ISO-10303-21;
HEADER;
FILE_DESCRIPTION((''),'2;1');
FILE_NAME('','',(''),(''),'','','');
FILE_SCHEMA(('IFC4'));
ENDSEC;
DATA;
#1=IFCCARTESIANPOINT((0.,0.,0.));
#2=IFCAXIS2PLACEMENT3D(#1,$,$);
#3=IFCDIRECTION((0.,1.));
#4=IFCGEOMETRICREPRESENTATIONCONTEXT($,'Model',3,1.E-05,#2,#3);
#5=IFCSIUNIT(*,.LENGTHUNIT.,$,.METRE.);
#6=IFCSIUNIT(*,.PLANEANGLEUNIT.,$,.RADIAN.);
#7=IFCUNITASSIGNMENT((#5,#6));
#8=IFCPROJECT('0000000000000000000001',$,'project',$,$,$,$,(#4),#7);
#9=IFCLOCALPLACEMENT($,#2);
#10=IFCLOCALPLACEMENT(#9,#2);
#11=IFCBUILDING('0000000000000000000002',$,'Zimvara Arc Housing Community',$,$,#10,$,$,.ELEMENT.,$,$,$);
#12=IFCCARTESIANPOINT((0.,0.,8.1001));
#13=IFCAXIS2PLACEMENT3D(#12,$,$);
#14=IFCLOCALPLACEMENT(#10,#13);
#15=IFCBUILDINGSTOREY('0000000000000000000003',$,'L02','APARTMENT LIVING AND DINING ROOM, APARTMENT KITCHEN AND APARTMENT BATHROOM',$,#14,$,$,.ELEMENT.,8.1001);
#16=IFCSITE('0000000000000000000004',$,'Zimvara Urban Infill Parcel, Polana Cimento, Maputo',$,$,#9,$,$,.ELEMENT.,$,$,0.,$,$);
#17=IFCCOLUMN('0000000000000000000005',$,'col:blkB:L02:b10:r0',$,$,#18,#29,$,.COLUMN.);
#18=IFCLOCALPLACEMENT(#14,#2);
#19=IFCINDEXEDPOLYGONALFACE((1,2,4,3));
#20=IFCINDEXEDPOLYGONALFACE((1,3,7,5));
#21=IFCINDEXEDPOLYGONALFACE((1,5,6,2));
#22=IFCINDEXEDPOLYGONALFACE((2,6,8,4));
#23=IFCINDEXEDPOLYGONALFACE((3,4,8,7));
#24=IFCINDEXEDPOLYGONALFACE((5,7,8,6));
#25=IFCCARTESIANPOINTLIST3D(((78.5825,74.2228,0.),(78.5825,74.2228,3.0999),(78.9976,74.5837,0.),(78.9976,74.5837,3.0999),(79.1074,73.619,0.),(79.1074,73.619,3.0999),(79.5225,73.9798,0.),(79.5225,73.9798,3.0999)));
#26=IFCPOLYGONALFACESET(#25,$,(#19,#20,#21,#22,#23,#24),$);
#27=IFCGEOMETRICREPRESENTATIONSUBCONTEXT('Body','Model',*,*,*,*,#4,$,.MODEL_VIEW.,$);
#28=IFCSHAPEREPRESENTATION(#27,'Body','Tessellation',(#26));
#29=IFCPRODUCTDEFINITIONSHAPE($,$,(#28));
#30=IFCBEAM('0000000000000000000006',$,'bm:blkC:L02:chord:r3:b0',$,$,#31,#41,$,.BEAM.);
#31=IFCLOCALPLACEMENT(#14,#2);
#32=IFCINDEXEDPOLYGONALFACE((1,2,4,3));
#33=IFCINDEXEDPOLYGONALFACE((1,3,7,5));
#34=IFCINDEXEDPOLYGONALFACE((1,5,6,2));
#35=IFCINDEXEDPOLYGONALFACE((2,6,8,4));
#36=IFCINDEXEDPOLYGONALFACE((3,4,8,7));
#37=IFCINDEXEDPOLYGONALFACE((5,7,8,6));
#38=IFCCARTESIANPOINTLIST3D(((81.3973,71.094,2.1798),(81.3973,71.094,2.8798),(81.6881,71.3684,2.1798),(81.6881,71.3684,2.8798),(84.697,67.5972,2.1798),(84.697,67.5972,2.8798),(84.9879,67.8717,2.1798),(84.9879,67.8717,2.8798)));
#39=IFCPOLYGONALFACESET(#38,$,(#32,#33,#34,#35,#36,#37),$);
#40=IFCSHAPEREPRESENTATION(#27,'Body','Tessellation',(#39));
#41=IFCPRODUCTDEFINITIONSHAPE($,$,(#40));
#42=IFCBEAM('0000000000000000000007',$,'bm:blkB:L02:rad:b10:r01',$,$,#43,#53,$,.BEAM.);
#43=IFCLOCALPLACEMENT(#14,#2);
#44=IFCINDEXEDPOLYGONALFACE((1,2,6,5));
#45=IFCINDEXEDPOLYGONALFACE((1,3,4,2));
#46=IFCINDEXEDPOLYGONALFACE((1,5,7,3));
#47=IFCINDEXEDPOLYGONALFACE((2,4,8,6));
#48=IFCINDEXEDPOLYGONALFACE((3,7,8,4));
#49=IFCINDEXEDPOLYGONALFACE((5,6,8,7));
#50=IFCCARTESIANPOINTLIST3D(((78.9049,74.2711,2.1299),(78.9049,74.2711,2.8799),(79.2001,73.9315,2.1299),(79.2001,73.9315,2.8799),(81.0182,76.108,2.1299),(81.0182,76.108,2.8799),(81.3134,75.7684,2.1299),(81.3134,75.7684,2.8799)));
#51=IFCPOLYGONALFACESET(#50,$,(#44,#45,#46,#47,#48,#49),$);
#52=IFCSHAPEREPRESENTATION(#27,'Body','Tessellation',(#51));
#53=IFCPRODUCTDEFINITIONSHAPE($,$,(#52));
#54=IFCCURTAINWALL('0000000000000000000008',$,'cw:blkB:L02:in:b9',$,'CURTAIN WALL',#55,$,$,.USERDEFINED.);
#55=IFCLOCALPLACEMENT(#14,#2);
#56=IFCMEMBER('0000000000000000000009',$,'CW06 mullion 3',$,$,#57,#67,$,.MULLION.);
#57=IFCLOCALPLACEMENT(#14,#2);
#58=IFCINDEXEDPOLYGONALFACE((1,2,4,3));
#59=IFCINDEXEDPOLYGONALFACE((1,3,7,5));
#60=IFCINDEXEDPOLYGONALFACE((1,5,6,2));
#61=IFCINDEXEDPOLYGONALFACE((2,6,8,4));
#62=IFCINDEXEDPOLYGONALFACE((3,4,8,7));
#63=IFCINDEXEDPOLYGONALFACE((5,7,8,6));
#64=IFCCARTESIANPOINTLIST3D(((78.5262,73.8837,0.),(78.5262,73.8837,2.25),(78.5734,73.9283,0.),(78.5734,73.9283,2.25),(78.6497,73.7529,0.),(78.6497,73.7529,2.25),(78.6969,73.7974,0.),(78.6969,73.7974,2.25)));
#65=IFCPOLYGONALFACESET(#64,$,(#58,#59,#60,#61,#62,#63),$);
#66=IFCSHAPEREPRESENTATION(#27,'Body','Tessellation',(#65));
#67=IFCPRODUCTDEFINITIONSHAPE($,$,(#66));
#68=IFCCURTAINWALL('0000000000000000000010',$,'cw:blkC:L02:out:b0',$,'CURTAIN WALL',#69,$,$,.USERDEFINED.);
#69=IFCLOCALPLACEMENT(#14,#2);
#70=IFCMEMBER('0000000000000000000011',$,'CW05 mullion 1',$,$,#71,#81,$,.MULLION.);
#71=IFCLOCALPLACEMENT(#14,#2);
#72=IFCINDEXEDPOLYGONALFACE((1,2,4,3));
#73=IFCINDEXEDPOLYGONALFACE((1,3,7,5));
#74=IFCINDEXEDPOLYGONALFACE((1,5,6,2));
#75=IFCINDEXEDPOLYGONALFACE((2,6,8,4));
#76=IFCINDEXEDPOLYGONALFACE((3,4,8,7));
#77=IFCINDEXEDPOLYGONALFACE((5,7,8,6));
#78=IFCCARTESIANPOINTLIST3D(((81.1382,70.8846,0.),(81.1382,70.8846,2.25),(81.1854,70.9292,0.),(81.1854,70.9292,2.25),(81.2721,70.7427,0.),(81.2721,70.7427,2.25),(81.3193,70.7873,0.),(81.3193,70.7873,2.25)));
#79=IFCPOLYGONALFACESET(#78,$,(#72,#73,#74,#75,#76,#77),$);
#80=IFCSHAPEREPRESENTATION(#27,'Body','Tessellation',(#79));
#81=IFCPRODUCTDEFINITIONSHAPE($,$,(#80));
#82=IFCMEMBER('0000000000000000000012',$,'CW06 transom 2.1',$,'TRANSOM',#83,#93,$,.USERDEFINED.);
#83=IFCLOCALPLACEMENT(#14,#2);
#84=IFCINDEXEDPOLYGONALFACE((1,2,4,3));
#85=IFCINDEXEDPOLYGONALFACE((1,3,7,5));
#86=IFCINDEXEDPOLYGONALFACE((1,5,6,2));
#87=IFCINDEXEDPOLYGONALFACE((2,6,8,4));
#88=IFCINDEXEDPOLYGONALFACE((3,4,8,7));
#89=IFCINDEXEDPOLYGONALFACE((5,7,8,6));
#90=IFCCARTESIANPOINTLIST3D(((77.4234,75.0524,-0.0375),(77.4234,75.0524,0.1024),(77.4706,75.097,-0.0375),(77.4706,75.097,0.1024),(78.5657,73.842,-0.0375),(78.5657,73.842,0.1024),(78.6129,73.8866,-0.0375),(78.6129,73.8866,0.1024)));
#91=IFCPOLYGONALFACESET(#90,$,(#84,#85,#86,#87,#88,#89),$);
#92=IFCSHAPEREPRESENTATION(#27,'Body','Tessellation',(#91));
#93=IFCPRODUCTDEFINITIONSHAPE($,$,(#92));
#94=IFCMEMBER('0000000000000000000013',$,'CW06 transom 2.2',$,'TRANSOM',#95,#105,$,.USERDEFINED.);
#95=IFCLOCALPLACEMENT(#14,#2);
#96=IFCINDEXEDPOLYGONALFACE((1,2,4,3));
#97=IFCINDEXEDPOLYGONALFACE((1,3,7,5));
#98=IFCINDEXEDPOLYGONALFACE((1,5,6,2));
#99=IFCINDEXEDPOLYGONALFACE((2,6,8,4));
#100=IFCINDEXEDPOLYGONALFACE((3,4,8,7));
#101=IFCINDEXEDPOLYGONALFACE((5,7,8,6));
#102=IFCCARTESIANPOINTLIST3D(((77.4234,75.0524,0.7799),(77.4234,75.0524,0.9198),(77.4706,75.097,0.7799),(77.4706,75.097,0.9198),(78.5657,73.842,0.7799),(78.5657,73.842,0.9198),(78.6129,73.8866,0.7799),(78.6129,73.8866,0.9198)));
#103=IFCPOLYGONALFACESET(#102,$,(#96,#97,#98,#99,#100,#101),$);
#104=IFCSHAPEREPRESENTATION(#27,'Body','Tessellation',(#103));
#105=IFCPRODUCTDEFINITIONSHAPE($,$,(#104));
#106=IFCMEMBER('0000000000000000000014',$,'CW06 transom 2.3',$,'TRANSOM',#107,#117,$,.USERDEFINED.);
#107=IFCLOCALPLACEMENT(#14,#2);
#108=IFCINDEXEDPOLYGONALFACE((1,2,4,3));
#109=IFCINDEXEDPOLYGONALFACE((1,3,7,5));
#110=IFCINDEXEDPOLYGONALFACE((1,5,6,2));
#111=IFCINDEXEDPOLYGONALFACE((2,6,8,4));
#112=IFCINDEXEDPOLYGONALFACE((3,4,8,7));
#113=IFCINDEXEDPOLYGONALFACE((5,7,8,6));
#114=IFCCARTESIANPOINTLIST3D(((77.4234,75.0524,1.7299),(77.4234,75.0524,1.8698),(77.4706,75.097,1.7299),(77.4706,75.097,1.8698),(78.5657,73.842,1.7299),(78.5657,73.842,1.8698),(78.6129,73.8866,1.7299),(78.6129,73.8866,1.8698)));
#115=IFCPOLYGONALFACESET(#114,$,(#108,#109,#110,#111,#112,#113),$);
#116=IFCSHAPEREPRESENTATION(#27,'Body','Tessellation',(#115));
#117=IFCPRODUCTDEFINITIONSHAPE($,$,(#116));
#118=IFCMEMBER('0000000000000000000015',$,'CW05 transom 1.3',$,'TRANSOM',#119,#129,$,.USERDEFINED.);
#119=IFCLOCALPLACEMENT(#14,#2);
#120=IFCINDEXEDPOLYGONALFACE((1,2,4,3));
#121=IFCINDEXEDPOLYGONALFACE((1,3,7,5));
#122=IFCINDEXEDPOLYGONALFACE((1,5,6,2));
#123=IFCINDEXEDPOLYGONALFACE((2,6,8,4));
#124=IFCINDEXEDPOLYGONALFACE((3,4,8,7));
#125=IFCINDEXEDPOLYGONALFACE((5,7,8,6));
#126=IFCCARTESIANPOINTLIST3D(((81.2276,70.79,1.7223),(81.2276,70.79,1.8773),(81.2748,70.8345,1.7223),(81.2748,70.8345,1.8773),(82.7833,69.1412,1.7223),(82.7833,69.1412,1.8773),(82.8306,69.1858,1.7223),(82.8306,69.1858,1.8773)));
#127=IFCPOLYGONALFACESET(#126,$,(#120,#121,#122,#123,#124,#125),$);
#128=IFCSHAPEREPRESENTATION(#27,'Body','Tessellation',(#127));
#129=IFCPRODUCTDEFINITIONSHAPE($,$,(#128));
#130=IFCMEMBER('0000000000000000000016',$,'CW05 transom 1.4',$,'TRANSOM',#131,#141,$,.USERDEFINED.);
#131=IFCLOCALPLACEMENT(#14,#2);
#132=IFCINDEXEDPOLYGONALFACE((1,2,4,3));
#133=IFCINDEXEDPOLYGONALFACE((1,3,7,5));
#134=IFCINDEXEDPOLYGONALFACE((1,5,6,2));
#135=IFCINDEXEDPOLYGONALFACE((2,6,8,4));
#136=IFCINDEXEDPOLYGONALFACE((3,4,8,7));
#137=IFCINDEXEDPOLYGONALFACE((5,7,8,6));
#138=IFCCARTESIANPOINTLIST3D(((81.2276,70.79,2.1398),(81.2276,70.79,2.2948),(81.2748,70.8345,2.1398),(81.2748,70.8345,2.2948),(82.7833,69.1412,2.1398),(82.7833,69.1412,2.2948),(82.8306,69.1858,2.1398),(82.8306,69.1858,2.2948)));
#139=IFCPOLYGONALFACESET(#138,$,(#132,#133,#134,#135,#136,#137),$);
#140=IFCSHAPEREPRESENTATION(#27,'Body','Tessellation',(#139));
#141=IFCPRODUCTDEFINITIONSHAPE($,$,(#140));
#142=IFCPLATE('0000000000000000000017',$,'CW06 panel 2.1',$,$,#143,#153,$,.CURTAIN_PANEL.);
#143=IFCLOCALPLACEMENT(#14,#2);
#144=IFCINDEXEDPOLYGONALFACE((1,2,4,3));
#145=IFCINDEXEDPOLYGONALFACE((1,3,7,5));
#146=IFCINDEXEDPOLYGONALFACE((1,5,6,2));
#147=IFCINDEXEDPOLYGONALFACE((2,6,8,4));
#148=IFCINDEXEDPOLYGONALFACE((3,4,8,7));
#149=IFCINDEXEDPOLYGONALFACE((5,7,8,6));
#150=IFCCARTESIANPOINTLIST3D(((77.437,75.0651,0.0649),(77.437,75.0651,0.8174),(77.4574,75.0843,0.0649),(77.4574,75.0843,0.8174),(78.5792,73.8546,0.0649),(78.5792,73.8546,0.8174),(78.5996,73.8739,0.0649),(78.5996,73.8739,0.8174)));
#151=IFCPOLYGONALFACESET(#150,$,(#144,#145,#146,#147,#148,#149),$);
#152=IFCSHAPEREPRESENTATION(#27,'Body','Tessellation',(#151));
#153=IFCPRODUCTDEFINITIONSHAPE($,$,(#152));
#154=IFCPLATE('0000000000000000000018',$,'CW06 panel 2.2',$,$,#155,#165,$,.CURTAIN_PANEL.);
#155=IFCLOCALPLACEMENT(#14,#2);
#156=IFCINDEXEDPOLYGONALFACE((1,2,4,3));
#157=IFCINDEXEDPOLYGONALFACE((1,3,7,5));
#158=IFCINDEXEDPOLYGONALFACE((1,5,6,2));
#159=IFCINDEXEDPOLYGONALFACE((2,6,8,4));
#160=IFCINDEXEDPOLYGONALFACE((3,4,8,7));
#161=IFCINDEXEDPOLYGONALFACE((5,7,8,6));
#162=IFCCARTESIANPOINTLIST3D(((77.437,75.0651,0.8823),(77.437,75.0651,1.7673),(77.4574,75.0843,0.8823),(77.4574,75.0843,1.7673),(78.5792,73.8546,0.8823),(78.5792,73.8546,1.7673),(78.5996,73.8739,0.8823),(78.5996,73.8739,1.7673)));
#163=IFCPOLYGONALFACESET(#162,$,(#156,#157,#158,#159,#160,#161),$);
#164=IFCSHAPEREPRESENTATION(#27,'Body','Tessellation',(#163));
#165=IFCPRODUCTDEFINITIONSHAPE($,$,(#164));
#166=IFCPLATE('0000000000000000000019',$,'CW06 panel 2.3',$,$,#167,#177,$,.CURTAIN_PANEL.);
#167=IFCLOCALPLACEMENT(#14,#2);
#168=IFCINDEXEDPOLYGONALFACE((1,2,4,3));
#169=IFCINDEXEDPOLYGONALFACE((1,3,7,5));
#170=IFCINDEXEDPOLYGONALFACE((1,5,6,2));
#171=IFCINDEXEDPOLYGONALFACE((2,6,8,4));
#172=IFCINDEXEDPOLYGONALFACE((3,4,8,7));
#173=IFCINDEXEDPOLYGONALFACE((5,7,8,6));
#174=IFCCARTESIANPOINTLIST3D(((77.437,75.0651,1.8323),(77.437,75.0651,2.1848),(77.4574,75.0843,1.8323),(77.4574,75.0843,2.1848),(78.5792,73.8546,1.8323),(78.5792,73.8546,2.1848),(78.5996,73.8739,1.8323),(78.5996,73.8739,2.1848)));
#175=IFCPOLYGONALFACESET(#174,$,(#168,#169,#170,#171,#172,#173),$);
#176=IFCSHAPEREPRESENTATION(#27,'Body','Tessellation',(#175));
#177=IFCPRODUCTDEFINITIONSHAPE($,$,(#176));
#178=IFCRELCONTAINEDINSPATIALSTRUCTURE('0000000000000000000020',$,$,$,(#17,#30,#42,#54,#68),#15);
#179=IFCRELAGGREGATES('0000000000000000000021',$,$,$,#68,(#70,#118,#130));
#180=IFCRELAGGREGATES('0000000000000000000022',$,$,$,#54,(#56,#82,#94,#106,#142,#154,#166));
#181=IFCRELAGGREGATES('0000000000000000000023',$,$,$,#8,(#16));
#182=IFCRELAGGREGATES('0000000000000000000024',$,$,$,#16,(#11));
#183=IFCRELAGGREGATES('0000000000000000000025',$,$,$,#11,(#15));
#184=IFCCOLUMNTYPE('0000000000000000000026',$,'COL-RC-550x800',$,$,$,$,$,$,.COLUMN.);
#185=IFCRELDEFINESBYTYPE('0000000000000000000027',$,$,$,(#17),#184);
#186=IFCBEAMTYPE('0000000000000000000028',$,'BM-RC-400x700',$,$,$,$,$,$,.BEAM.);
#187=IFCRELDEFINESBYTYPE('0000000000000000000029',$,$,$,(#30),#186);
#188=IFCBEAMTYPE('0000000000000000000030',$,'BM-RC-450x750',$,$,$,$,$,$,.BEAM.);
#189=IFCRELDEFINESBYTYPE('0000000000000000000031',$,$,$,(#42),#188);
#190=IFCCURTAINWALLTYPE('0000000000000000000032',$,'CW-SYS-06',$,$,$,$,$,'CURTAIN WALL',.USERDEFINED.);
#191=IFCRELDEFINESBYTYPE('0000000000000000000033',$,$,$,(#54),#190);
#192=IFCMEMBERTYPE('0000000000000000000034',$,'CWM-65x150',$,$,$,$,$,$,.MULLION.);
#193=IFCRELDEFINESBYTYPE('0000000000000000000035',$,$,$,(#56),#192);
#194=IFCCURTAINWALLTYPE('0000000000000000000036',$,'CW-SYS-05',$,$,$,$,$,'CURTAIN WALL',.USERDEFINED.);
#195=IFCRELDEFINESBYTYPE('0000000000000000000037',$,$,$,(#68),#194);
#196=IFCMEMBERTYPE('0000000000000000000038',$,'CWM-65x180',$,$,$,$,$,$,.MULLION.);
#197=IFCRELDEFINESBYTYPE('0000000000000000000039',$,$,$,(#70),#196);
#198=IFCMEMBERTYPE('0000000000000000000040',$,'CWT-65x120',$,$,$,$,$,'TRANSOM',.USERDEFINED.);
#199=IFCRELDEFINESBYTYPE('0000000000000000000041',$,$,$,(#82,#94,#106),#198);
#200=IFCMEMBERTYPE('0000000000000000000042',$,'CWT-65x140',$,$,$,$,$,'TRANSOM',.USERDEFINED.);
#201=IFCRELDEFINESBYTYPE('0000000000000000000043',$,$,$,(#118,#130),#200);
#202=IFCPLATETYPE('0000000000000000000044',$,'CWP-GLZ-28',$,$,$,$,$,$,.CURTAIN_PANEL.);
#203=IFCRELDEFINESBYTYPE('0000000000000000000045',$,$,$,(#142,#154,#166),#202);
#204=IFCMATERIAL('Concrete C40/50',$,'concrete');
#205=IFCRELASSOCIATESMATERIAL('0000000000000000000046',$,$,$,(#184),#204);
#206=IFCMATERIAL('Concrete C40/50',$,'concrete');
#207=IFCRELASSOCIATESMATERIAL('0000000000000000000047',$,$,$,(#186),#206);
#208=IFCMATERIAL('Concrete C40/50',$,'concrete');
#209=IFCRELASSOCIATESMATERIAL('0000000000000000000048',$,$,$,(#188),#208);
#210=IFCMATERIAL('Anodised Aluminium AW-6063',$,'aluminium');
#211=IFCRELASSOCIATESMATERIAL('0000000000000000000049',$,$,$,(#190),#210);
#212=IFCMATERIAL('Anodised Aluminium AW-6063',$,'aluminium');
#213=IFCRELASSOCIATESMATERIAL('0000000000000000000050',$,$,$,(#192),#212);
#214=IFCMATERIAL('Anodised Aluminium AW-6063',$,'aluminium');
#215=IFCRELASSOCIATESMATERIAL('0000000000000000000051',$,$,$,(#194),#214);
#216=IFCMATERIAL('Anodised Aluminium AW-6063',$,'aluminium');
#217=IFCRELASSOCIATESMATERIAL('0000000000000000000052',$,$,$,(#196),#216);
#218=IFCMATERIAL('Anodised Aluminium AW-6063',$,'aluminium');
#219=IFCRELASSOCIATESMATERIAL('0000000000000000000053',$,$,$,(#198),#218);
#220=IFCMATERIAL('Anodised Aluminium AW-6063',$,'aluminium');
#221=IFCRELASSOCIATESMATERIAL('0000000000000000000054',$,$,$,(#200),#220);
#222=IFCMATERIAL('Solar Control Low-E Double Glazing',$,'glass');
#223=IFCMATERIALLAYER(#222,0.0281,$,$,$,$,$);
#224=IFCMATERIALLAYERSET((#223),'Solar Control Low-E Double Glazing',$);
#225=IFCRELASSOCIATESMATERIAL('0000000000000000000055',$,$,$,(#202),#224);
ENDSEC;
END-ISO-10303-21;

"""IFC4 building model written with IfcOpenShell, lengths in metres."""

from ifc_helpers import new_model, si_unit, direction, frame, origin, origin_2d, place, context, subcontext, project, spatial, rectangle, extrude, material, layer, layer_set, material_profile, profile_set, type_object, element, aggregate, save


model = new_model("IFC4")

# Units and contexts
model_context = context("Model", 3, precision=1e-05, world=origin(), true_north=direction((0.0, 1.0)))
body_context = subcontext(model_context, "Body", "Model", "MODEL_VIEW")
ifc_project = project(units=[si_unit("LENGTHUNIT", "METRE"), si_unit("PLANEANGLEUNIT", "RADIAN")], contexts=[model_context])

# Site, building, storey
site_placement = place(None, origin())
site = spatial("IfcSite", under=ifc_project, at=site_placement, Name="Zimvara Urban Infill Parcel, Polana Cimento, Maputo", CompositionType="ELEMENT", RefElevation=0.0)
building_placement = place(site_placement, origin())
building = spatial("IfcBuilding", under=site, at=building_placement, Name="Zimvara Arc Housing Community", CompositionType="ELEMENT")
storey_placement = place(building_placement, frame((0.0, 0.0, 8.1001)))
storey = spatial("IfcBuildingStorey", under=building, at=storey_placement, Name="L02", Description="APARTMENT LIVING AND DINING ROOM, APARTMENT KITCHEN AND APARTMENT BATHROOM", CompositionType="ELEMENT", Elevation=8.1001)

# Column
ifc_material_1 = material(Name="Concrete C40/50", Category="concrete")
ifc_material_profile_1 = material_profile(ifc_material_1, rectangle(XDim=0.55, YDim=0.8, at=origin_2d()), Name="RC 550x800")
ifc_profile_set_1 = profile_set([ifc_material_profile_1], Name="Concrete C40/50")
column_type_1 = type_object("IfcColumnType", Name="COL-RC-550x800", PredefinedType="COLUMN", material=ifc_profile_set_1)
column_1_placement = place(storey_placement, frame((79.0525, 74.1013, 0.0), z_axis=(0.0, 0.0, 1.0), x_axis=(0.75471, 0.656059, 0.0)))
element("IfcColumn", 1, at=column_1_placement, inside=storey, type_object=column_type_1, Name="col:blkB:L02:b10:r0", PredefinedType="COLUMN", context=body_context, shape_type="SweptSolid", body=[
    extrude(rectangle(XDim=0.55, YDim=0.8, at=origin_2d()), origin(), (0.0, 0.0, 1.0), 3.0999),
])

# Beams
ifc_material_2 = material(Name="Concrete C40/50", Category="concrete")
ifc_material_profile_2 = material_profile(ifc_material_2, rectangle(XDim=0.3999, YDim=0.7, at=origin_2d()), Name="RC 400x700")
ifc_profile_set_2 = profile_set([ifc_material_profile_2], Name="Concrete C40/50")
beam_type_1 = type_object("IfcBeamType", Name="BM-RC-400x700", PredefinedType="BEAM", material=ifc_profile_set_2)
beam_1_placement = place(storey_placement, frame((81.5427, 71.2312, 2.5298), z_axis=(0.686321, -0.727299, 0.0), x_axis=(0.727299, 0.686321, 0.0)))
element("IfcBeam", 2, at=beam_1_placement, inside=storey, type_object=beam_type_1, Name="bm:blkC:L02:chord:r3:b0", PredefinedType="BEAM", context=body_context, shape_type="SweptSolid", body=[
    extrude(rectangle(XDim=0.3999, YDim=0.7, at=origin_2d()), origin(), (0.0, 0.0, 1.0), 4.8079),
])
ifc_material_3 = material(Name="Concrete C40/50", Category="concrete")
ifc_material_profile_3 = material_profile(ifc_material_3, rectangle(XDim=0.45, YDim=0.75, at=origin_2d()), Name="RC 450x750")
ifc_profile_set_3 = profile_set([ifc_material_profile_3], Name="Concrete C40/50")
beam_type_2 = type_object("IfcBeamType", Name="BM-RC-450x750", PredefinedType="BEAM", material=ifc_profile_set_3)
beam_2_placement = place(storey_placement, frame((79.0525, 74.1013, 2.5049), z_axis=(0.754733, 0.656032, 0.0), x_axis=(-0.656032, 0.754733, 0.0)))
element("IfcBeam", 3, at=beam_2_placement, inside=storey, type_object=beam_type_2, Name="bm:blkB:L02:rad:b10:r01", PredefinedType="BEAM", context=body_context, shape_type="SweptSolid", body=[
    extrude(rectangle(XDim=0.45, YDim=0.75, at=origin_2d()), origin(), (0.0, 0.0, 1.0), 2.8),
])

# Curtain walls, members
ifc_material_4 = material(Name="Anodised Aluminium AW-6063", Category="aluminium")
curtain_wall_type_1 = type_object("IfcCurtainWallType", Name="CW-SYS-06", ElementType="CURTAIN WALL", PredefinedType="USERDEFINED", material=ifc_material_4)
curtain_wall_1_placement = place(storey_placement, origin())
curtain_wall_1 = element("IfcCurtainWall", 4, at=curtain_wall_1_placement, inside=storey, type_object=curtain_wall_type_1, Name="cw:blkB:L02:in:b9", ObjectType="CURTAIN WALL", PredefinedType="USERDEFINED")
ifc_material_5 = material(Name="Anodised Aluminium AW-6063", Category="aluminium")
ifc_material_profile_4 = material_profile(ifc_material_5, rectangle(XDim=0.0649, YDim=0.1799, at=origin_2d()), Name="ALU 65x180")
ifc_profile_set_4 = profile_set([ifc_material_profile_4], Name="Anodised Aluminium AW-6063")
member_type_1 = type_object("IfcMemberType", Name="CWM-65x150", PredefinedType="MULLION", material=ifc_profile_set_4)
member_1_placement = place(storey_placement, frame((78.6116, 73.8406, 0.0), z_axis=(0.0, 0.0, 1.0), x_axis=(0.727293, 0.686327, 0.0)))
member_1 = element("IfcMember", 5, at=member_1_placement, type_object=member_type_1, Name="CW06 mullion 3", PredefinedType="MULLION", context=body_context, shape_type="SweptSolid", body=[
    extrude(rectangle(XDim=0.0649, YDim=0.1799, at=origin_2d()), origin(), (0.0, 0.0, 1.0), 2.25),
])
ifc_material_6 = material(Name="Anodised Aluminium AW-6063", Category="aluminium")
curtain_wall_type_2 = type_object("IfcCurtainWallType", Name="CW-SYS-05", ElementType="CURTAIN WALL", PredefinedType="USERDEFINED", material=ifc_material_6)
curtain_wall_2_placement = place(storey_placement, origin())
curtain_wall_2 = element("IfcCurtainWall", 6, at=curtain_wall_2_placement, inside=storey, type_object=curtain_wall_type_2, Name="cw:blkC:L02:out:b0", ObjectType="CURTAIN WALL", PredefinedType="USERDEFINED")
ifc_material_7 = material(Name="Anodised Aluminium AW-6063", Category="aluminium")
ifc_material_profile_5 = material_profile(ifc_material_7, rectangle(XDim=0.0649, YDim=0.1951, at=origin_2d()), Name="ALU 65x195")
ifc_profile_set_5 = profile_set([ifc_material_profile_5], Name="Anodised Aluminium AW-6063")
member_type_2 = type_object("IfcMemberType", Name="CWM-65x180", PredefinedType="MULLION", material=ifc_profile_set_5)
member_2_placement = place(storey_placement, frame((81.2288, 70.8359, 0.0), z_axis=(0.0, 0.0, 1.0), x_axis=(0.727294, 0.686326, 0.0)))
member_2 = element("IfcMember", 7, at=member_2_placement, type_object=member_type_2, Name="CW05 mullion 1", PredefinedType="MULLION", context=body_context, shape_type="SweptSolid", body=[
    extrude(rectangle(XDim=0.0649, YDim=0.1951, at=origin_2d()), origin(), (0.0, 0.0, 1.0), 2.25),
])

# Members
ifc_material_8 = material(Name="Anodised Aluminium AW-6063", Category="aluminium")
ifc_material_profile_6 = material_profile(ifc_material_8, rectangle(XDim=0.0649, YDim=0.1399, at=origin_2d()), Name="ALU 65x140")
ifc_profile_set_6 = profile_set([ifc_material_profile_6], Name="Anodised Aluminium AW-6063")
member_type_3 = type_object("IfcMemberType", Name="CWT-65x120", ElementType="TRANSOM", PredefinedType="USERDEFINED", material=ifc_profile_set_6)
member_3_placement = place(storey_placement, frame((77.447, 75.0747, 0.0325), z_axis=(0.686348, -0.727273, 0.0), x_axis=(0.727273, 0.686348, 0.0)))
member_3 = element("IfcMember", 8, at=member_3_placement, type_object=member_type_3, Name="CW06 transom 2.1", ObjectType="TRANSOM", PredefinedType="USERDEFINED", context=body_context, shape_type="SweptSolid", body=[
    extrude(rectangle(XDim=0.0649, YDim=0.1399, at=origin_2d()), origin(), (0.0, 0.0, 1.0), 1.6643),
])
member_4_placement = place(storey_placement, frame((77.447, 75.0747, 0.8499), z_axis=(0.686348, -0.727273, 0.0), x_axis=(0.727273, 0.686348, 0.0)))
member_4 = element("IfcMember", 9, at=member_4_placement, type_object=member_type_3, Name="CW06 transom 2.2", ObjectType="TRANSOM", PredefinedType="USERDEFINED", context=body_context, shape_type="SweptSolid", body=[
    extrude(rectangle(XDim=0.0649, YDim=0.1399, at=origin_2d()), origin(), (0.0, 0.0, 1.0), 1.6643),
])
member_5_placement = place(storey_placement, frame((77.447, 75.0747, 1.7998), z_axis=(0.686348, -0.727273, 0.0), x_axis=(0.727273, 0.686348, 0.0)))
member_5 = element("IfcMember", 10, at=member_5_placement, type_object=member_type_3, Name="CW06 transom 2.3", ObjectType="TRANSOM", PredefinedType="USERDEFINED", context=body_context, shape_type="SweptSolid", body=[
    extrude(rectangle(XDim=0.0649, YDim=0.1399, at=origin_2d()), origin(), (0.0, 0.0, 1.0), 1.6643),
])
ifc_material_9 = material(Name="Anodised Aluminium AW-6063", Category="aluminium")
ifc_material_profile_7 = material_profile(ifc_material_9, rectangle(XDim=0.0649, YDim=0.155, at=origin_2d()), Name="ALU 65x155")
ifc_profile_set_7 = profile_set([ifc_material_profile_7], Name="Anodised Aluminium AW-6063")
member_type_4 = type_object("IfcMemberType", Name="CWT-65x140", ElementType="TRANSOM", PredefinedType="USERDEFINED", material=ifc_profile_set_7)
member_6_placement = place(storey_placement, frame((81.2512, 70.8123, 1.7998), z_axis=(0.686291, -0.727327, 0.0), x_axis=(0.727327, 0.686291, 0.0)))
member_6 = element("IfcMember", 11, at=member_6_placement, type_object=member_type_4, Name="CW05 transom 1.3", ObjectType="TRANSOM", PredefinedType="USERDEFINED", context=body_context, shape_type="SweptSolid", body=[
    extrude(rectangle(XDim=0.0649, YDim=0.155, at=origin_2d()), origin(), (0.0, 0.0, 1.0), 2.2668),
])
member_7_placement = place(storey_placement, frame((81.2512, 70.8123, 2.2173), z_axis=(0.686291, -0.727327, 0.0), x_axis=(0.727327, 0.686291, 0.0)))
member_7 = element("IfcMember", 12, at=member_7_placement, type_object=member_type_4, Name="CW05 transom 1.4", ObjectType="TRANSOM", PredefinedType="USERDEFINED", context=body_context, shape_type="SweptSolid", body=[
    extrude(rectangle(XDim=0.0649, YDim=0.155, at=origin_2d()), origin(), (0.0, 0.0, 1.0), 2.2668),
])
aggregate(curtain_wall_2, [member_2, member_6, member_7])

# Plates
ifc_material_10 = material(Name="Solar Control Low-E Double Glazing", Category="glass")
ifc_layer_1 = layer(ifc_material_10, 0.0281)
ifc_layer_set_1 = layer_set([ifc_layer_1], Name="Solar Control Low-E Double Glazing")
plate_type = type_object("IfcPlateType", Name="CWP-GLZ-28", PredefinedType="CURTAIN_PANEL", material=ifc_layer_set_1)
plate_1_placement = place(storey_placement, frame((78.0183, 74.4695, 0.0649), z_axis=(0.0, 0.0, 1.0), x_axis=(0.686327, -0.727293, 0.0)))
plate_1 = element("IfcPlate", 13, at=plate_1_placement, type_object=plate_type, Name="CW06 panel 2.1", PredefinedType="CURTAIN_PANEL", context=body_context, shape_type="SweptSolid", body=[
    extrude(rectangle(XDim=1.6643, YDim=0.0281, at=origin_2d()), origin(), (0.0, 0.0, 1.0), 0.7524),
])
plate_2_placement = place(storey_placement, frame((78.0183, 74.4695, 0.8823), z_axis=(0.0, 0.0, 1.0), x_axis=(0.686327, -0.727293, 0.0)))
plate_2 = element("IfcPlate", 14, at=plate_2_placement, type_object=plate_type, Name="CW06 panel 2.2", PredefinedType="CURTAIN_PANEL", context=body_context, shape_type="SweptSolid", body=[
    extrude(rectangle(XDim=1.6643, YDim=0.0281, at=origin_2d()), origin(), (0.0, 0.0, 1.0), 0.885),
])
plate_3_placement = place(storey_placement, frame((78.0183, 74.4695, 1.8323), z_axis=(0.0, 0.0, 1.0), x_axis=(0.686327, -0.727293, 0.0)))
plate_3 = element("IfcPlate", 15, at=plate_3_placement, type_object=plate_type, Name="CW06 panel 2.3", PredefinedType="CURTAIN_PANEL", context=body_context, shape_type="SweptSolid", body=[
    extrude(rectangle(XDim=1.6643, YDim=0.0281, at=origin_2d()), origin(), (0.0, 0.0, 1.0), 0.3525),
])
aggregate(curtain_wall_1, [member_1, member_3, member_4, member_5, plate_1, plate_2, plate_3])

save(model, "model.ifc")
